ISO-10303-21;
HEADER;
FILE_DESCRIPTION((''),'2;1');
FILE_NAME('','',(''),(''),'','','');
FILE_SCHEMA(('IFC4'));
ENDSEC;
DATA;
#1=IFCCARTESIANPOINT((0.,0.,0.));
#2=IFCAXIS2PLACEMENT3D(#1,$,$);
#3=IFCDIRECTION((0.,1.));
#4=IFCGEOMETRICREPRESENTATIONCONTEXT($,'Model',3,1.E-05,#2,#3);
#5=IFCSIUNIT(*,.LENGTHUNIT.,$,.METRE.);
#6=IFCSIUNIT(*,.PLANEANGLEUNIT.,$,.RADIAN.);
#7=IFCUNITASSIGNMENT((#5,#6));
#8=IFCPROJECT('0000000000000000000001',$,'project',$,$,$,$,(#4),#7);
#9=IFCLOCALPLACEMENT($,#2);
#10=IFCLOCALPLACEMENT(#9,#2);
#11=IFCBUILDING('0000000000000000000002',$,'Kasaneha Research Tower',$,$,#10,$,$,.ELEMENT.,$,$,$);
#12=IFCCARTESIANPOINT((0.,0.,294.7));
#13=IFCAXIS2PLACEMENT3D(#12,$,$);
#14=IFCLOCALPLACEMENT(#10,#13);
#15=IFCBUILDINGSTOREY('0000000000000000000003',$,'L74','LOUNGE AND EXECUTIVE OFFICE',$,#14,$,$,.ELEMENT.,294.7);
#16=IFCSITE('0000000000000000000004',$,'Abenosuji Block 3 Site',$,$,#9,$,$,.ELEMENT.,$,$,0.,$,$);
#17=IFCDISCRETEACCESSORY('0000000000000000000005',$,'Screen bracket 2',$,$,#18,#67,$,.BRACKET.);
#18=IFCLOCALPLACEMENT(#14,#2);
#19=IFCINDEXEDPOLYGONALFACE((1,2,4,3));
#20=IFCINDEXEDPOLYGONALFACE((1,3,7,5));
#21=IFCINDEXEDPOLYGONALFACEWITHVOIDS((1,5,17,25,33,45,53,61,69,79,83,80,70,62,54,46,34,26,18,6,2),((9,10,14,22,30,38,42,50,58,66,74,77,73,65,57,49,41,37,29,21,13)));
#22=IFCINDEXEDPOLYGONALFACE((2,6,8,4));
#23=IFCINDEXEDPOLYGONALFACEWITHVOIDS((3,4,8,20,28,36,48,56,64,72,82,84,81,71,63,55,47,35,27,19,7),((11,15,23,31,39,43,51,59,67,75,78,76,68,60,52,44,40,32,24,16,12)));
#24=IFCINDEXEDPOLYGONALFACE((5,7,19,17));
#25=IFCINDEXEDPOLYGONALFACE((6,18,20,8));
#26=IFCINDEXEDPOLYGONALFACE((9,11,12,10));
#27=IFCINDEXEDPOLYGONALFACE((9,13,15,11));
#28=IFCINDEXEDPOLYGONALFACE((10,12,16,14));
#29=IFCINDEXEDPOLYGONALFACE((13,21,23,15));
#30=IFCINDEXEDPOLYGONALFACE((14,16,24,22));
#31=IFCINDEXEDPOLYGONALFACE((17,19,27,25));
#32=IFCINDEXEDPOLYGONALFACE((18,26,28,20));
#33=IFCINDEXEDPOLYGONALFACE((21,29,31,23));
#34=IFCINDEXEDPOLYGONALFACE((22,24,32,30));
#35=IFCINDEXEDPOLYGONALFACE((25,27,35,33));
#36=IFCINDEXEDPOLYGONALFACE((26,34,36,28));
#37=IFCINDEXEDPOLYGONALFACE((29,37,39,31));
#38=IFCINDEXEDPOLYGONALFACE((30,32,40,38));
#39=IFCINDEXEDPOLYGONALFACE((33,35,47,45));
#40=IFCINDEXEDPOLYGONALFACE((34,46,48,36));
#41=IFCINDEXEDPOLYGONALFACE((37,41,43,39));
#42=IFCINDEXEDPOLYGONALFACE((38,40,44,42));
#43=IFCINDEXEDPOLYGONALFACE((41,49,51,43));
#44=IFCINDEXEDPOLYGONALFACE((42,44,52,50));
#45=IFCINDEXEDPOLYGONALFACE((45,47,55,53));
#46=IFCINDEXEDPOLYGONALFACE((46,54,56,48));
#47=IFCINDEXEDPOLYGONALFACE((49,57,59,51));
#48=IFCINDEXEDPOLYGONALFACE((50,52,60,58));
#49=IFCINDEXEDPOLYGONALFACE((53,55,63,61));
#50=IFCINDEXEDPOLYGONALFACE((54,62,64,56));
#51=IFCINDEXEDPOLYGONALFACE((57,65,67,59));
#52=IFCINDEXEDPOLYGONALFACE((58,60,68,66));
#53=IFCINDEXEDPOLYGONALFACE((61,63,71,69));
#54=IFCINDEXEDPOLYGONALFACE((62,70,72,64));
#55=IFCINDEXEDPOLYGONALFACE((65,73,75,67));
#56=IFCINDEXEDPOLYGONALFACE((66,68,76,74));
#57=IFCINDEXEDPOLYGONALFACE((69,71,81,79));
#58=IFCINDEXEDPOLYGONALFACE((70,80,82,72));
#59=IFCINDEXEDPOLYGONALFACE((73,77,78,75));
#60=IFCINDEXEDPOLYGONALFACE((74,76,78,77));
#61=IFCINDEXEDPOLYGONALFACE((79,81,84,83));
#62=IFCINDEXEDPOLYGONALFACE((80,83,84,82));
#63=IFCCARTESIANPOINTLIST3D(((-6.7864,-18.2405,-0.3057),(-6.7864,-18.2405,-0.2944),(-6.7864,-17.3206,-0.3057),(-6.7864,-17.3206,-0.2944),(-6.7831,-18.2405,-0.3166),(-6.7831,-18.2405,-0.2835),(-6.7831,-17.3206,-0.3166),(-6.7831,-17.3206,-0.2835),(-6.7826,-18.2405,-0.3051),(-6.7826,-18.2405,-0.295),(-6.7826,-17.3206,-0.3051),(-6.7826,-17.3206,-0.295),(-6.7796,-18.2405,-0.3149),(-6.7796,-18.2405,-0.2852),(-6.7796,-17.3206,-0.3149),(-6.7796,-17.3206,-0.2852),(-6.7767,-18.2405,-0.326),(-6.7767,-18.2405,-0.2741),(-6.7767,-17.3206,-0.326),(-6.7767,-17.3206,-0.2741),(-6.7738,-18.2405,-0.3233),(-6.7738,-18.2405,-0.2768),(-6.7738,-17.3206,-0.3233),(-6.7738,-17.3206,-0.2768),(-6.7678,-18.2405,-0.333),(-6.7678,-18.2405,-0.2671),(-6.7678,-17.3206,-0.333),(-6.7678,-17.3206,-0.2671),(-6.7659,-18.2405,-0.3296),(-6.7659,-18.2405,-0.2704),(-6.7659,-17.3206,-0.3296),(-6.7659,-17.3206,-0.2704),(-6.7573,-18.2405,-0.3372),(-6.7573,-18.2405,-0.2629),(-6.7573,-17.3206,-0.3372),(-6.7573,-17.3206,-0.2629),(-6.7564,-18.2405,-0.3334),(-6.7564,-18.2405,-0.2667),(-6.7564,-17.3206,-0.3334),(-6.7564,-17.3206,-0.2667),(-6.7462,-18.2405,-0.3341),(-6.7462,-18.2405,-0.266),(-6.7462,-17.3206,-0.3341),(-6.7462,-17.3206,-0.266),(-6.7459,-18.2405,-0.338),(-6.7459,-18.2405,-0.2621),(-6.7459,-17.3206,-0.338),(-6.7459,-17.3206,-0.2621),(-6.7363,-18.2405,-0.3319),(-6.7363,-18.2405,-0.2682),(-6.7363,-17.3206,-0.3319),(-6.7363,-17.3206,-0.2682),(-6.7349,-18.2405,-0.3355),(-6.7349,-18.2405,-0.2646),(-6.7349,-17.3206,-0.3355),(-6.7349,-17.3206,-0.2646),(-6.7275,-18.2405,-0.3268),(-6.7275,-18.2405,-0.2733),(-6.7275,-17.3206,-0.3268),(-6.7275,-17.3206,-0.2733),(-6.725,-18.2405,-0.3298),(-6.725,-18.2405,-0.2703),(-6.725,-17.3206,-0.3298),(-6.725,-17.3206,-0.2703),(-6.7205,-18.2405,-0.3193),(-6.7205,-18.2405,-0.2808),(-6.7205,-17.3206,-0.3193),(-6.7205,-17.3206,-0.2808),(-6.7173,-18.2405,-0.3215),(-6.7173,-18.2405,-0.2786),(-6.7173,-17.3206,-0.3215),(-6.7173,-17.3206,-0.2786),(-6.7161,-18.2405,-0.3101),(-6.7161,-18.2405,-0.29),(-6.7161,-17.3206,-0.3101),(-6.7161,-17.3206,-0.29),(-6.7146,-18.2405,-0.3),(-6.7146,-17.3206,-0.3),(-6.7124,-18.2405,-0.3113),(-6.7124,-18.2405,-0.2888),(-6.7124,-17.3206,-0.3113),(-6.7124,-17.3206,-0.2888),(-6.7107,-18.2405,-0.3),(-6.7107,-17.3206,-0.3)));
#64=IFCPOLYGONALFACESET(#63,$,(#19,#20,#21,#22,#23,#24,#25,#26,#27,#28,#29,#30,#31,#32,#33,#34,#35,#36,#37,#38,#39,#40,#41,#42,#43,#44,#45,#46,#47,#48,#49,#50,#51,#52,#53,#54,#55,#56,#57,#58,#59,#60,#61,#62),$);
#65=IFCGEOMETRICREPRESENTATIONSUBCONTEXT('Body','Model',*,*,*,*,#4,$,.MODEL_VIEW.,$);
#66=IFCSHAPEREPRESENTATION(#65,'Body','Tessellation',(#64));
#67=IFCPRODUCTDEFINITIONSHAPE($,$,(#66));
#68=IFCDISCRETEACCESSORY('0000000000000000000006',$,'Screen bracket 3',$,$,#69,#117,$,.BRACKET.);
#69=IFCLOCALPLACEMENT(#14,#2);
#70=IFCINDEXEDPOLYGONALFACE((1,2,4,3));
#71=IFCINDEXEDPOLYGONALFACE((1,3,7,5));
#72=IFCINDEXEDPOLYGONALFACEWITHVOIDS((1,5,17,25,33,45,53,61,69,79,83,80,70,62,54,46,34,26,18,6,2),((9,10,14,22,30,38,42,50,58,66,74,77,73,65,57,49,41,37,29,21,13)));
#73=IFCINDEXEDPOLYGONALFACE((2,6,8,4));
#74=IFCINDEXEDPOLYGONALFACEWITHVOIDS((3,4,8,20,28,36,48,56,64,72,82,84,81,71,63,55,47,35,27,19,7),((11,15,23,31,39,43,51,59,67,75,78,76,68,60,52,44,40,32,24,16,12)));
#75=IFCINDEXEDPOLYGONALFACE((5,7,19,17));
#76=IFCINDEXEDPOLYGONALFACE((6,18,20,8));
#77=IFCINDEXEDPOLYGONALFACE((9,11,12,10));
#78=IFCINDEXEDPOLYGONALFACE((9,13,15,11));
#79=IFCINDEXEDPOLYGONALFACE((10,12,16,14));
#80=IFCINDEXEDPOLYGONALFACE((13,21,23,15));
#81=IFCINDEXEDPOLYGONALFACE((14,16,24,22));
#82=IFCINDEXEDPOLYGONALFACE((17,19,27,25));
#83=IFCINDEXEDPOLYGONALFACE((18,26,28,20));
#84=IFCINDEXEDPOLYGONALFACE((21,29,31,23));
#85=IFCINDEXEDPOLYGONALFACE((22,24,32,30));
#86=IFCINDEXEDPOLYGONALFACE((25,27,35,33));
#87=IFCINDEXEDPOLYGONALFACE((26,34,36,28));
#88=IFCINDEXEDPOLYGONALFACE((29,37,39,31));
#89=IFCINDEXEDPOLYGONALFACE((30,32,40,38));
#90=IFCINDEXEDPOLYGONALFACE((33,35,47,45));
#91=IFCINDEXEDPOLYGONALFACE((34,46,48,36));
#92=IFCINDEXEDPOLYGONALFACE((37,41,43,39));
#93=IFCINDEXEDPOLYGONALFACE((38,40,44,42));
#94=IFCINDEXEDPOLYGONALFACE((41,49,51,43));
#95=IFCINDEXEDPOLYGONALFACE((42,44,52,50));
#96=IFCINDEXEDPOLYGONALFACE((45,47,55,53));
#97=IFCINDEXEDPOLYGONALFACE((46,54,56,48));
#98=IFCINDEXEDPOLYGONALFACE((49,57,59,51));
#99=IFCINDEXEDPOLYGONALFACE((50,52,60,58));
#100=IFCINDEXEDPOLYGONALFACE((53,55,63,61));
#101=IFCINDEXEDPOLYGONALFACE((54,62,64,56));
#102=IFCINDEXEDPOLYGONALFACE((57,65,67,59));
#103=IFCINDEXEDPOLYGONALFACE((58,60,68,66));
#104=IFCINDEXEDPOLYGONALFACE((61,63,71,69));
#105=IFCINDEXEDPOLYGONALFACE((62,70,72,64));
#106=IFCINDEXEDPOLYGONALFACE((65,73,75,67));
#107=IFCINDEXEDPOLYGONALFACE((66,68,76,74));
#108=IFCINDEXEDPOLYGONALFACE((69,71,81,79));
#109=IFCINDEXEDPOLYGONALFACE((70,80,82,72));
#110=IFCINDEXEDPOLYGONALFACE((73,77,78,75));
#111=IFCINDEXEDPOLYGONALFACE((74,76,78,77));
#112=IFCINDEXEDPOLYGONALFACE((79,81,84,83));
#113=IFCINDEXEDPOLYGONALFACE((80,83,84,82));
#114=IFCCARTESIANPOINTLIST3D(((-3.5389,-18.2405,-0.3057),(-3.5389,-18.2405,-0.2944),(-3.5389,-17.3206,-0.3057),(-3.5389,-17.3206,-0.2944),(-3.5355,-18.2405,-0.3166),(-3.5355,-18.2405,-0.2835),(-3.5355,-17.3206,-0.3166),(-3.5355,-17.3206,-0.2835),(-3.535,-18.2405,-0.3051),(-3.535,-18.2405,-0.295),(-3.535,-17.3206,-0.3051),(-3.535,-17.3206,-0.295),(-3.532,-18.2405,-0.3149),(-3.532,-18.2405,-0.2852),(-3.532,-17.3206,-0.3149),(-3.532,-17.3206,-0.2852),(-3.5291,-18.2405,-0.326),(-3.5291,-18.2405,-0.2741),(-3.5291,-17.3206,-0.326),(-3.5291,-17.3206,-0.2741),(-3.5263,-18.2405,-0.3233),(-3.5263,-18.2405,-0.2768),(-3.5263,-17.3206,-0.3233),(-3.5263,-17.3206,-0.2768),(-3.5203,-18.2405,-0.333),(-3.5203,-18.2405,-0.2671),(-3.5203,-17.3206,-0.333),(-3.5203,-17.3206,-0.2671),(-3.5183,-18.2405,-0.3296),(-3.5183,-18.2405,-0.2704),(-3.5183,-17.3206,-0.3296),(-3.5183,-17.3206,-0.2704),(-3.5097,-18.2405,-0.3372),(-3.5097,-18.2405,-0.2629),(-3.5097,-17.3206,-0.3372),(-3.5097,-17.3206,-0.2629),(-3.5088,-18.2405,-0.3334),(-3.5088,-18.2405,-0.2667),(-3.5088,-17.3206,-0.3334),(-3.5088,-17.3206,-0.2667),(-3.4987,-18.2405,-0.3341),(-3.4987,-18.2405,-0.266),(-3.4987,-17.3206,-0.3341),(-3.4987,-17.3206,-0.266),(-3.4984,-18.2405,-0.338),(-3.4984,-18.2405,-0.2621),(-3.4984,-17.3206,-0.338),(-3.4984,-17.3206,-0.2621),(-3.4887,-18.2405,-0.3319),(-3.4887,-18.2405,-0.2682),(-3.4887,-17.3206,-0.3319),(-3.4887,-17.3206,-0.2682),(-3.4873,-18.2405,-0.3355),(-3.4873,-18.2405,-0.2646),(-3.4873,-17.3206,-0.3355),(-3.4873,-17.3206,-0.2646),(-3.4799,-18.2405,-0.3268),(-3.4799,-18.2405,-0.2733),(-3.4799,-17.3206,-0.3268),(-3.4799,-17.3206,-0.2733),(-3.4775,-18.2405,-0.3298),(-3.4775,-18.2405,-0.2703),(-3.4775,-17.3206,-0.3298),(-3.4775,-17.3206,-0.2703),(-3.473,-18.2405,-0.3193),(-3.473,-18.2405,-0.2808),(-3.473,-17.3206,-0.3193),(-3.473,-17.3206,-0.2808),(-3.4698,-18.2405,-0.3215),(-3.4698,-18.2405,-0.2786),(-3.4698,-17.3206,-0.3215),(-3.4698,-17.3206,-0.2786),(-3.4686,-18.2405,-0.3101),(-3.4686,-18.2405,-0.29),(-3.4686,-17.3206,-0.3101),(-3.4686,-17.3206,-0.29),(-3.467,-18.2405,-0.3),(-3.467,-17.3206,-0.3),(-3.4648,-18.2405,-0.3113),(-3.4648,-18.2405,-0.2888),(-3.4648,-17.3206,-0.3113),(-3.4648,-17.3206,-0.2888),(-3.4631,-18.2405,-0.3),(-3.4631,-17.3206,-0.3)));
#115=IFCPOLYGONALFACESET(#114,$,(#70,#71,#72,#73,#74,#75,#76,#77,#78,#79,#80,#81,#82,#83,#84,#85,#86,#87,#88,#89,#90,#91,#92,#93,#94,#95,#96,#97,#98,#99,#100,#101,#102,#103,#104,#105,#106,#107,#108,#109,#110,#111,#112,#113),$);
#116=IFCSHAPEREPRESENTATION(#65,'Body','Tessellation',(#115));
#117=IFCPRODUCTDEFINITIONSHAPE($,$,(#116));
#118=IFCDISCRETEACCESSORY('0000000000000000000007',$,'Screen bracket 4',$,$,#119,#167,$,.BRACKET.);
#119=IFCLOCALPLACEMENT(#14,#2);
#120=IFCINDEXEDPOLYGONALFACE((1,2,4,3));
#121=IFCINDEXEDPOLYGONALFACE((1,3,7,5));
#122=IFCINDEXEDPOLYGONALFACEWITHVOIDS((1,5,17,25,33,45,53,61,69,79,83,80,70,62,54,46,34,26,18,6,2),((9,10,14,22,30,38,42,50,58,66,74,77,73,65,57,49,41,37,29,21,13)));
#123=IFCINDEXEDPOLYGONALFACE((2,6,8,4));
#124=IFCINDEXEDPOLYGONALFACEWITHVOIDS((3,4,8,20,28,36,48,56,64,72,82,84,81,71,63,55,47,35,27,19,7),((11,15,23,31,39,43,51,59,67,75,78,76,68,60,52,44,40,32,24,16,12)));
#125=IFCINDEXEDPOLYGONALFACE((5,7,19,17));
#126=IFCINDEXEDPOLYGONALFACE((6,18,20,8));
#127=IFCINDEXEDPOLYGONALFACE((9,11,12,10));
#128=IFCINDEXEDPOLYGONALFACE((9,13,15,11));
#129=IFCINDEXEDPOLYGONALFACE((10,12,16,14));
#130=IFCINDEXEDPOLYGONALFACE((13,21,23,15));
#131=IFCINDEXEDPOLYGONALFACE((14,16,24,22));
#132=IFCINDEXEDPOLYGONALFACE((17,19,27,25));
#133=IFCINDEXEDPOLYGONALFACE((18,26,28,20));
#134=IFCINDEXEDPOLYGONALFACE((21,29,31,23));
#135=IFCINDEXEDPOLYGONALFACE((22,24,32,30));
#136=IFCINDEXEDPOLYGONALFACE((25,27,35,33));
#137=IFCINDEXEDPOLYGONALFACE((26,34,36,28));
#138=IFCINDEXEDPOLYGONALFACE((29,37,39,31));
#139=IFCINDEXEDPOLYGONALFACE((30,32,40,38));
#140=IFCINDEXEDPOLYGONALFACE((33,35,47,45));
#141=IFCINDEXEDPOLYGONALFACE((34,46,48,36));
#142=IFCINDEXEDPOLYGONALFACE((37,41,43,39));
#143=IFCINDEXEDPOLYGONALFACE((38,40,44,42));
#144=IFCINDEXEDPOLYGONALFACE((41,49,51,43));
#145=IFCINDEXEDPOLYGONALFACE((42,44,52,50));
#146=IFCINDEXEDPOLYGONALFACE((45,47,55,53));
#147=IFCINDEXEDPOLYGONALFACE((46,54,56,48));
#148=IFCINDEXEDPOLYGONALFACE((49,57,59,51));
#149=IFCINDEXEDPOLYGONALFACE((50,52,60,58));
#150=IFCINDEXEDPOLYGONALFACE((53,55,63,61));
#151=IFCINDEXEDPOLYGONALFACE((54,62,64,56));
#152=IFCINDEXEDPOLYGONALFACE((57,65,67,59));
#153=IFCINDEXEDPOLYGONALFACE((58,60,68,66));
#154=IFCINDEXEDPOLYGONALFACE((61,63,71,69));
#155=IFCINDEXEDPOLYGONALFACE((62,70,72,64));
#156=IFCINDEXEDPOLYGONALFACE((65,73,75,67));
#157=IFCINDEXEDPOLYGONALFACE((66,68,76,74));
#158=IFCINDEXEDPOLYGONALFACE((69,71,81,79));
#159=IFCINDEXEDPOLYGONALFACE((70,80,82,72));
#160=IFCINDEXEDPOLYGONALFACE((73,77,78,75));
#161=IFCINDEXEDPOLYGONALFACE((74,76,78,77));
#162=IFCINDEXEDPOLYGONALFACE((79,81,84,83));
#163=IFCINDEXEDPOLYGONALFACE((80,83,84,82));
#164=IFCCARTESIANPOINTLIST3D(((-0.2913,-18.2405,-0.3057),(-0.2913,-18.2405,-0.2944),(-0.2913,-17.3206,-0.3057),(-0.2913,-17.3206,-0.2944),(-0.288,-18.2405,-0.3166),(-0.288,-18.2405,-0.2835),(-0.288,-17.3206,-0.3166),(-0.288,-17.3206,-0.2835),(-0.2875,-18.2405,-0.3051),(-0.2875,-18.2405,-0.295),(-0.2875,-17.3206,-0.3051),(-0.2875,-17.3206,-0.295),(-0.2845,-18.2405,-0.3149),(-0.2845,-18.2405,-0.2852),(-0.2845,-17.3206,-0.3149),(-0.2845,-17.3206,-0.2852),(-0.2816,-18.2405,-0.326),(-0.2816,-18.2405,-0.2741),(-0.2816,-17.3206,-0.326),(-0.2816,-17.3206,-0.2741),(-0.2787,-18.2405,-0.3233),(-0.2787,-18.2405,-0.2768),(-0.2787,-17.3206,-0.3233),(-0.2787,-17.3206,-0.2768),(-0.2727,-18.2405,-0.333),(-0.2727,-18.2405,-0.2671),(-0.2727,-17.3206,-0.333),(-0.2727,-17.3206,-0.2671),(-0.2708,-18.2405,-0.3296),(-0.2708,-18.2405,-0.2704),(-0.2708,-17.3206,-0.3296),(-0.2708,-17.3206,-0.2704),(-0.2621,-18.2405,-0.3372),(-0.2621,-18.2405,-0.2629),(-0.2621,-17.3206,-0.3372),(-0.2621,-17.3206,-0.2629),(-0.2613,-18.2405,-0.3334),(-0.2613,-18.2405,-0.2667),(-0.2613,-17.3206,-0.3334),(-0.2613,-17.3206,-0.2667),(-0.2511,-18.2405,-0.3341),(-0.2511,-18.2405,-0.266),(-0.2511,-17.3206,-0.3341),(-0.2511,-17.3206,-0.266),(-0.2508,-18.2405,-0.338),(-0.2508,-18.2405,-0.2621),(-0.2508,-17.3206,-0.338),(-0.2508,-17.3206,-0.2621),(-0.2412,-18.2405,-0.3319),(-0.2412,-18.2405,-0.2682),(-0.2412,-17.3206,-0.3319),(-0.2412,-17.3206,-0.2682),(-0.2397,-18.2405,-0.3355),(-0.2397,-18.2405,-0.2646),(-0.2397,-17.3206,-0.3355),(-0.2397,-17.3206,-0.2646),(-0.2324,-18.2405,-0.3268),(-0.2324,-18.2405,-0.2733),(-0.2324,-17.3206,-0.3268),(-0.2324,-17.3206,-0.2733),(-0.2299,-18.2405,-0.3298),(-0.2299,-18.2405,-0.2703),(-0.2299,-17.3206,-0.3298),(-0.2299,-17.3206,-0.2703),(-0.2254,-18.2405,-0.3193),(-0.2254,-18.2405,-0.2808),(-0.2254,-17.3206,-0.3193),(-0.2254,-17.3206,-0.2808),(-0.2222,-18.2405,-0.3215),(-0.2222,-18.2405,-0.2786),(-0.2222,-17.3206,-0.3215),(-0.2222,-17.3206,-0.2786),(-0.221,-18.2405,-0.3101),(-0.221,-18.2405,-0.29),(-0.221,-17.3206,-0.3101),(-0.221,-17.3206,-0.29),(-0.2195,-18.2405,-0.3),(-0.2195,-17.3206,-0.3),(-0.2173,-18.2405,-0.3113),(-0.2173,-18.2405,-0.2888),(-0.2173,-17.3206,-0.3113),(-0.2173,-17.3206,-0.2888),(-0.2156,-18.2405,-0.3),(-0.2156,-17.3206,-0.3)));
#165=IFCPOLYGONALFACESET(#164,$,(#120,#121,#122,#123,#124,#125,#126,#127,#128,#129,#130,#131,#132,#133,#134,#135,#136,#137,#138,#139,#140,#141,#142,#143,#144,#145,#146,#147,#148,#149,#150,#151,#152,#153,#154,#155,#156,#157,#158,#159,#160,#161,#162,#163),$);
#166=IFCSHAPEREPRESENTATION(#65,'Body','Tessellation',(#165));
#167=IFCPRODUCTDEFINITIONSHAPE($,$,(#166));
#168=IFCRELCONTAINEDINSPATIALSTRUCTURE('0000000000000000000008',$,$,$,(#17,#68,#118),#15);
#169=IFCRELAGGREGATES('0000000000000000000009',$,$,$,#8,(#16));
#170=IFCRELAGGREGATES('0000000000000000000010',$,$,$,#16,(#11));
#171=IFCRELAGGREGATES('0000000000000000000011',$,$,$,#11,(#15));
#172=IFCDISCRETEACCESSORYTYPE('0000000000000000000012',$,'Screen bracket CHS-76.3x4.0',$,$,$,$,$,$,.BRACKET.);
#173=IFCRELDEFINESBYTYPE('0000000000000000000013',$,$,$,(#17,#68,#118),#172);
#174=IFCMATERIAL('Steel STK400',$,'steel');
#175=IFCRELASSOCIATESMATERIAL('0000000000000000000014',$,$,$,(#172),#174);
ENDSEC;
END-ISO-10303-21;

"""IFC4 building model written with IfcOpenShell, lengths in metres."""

from ifc_helpers import new_model, si_unit, direction, frame, origin, origin_2d, place, context, subcontext, project, spatial, hollow_circle, extrude, material, material_profile, profile_set, type_object, element, save


model = new_model("IFC4")

# Units and contexts
model_context = context("Model", 3, precision=1e-05, world=origin(), true_north=direction((0.0, 1.0)))
body_context = subcontext(model_context, "Body", "Model", "MODEL_VIEW")
ifc_project = project(units=[si_unit("LENGTHUNIT", "METRE"), si_unit("PLANEANGLEUNIT", "RADIAN")], contexts=[model_context])

# Site, building, storey
site_placement = place(None, origin())
site = spatial("IfcSite", under=ifc_project, at=site_placement, Name="Abenosuji Block 3 Site", CompositionType="ELEMENT", RefElevation=0.0)
building_placement = place(site_placement, origin())
building = spatial("IfcBuilding", under=site, at=building_placement, Name="Kasaneha Research Tower", CompositionType="ELEMENT")
storey_placement = place(building_placement, frame((0.0, 0.0, 294.7)))
storey = spatial("IfcBuildingStorey", under=building, at=storey_placement, Name="L74", Description="LOUNGE AND EXECUTIVE OFFICE", CompositionType="ELEMENT", Elevation=294.7)

# Discrete accessories
ifc_material_1 = material(Name="Steel STK400", Category="steel")
ifc_material_profile_1 = material_profile(ifc_material_1, hollow_circle(Radius=0.0381, WallThickness=0.0039, at=origin_2d()), Name="CHS-76.3x4.0")
ifc_profile_set_1 = profile_set([ifc_material_profile_1], Name="Steel STK400")
discrete_accessory_type = type_object("IfcDiscreteAccessoryType", Name="Screen bracket CHS-76.3x4.0", PredefinedType="BRACKET", material=ifc_profile_set_1)
for number, where, z_axis, x_axis, name in (
    (1, (-6.7488, -17.3206, -0.3), (0.0, -1.0, 0.0), (1.0, 0.0, 0.0), "Screen bracket 2"),
    (2, (-3.5012, -17.3206, -0.3), (0.0, -1.0, 0.0), (1.0, 0.0, 0.0), "Screen bracket 3"),
    (3, (-0.2537, -17.3206, -0.3), (0.0, -1.0, 0.0), (1.0, 0.0, 0.0), "Screen bracket 4"),
):
    element("IfcDiscreteAccessory", number, at=place(storey_placement, frame(where, z_axis=z_axis, x_axis=x_axis)), inside=storey, type_object=discrete_accessory_type, Name=name, PredefinedType="BRACKET", context=body_context, shape_type="SweptSolid", body=[
        extrude(hollow_circle(Radius=0.0381, WallThickness=0.0039, at=origin_2d()), origin(), (0.0, 0.0, 1.0), 0.9199),
    ])

save(model, "model.ifc")
